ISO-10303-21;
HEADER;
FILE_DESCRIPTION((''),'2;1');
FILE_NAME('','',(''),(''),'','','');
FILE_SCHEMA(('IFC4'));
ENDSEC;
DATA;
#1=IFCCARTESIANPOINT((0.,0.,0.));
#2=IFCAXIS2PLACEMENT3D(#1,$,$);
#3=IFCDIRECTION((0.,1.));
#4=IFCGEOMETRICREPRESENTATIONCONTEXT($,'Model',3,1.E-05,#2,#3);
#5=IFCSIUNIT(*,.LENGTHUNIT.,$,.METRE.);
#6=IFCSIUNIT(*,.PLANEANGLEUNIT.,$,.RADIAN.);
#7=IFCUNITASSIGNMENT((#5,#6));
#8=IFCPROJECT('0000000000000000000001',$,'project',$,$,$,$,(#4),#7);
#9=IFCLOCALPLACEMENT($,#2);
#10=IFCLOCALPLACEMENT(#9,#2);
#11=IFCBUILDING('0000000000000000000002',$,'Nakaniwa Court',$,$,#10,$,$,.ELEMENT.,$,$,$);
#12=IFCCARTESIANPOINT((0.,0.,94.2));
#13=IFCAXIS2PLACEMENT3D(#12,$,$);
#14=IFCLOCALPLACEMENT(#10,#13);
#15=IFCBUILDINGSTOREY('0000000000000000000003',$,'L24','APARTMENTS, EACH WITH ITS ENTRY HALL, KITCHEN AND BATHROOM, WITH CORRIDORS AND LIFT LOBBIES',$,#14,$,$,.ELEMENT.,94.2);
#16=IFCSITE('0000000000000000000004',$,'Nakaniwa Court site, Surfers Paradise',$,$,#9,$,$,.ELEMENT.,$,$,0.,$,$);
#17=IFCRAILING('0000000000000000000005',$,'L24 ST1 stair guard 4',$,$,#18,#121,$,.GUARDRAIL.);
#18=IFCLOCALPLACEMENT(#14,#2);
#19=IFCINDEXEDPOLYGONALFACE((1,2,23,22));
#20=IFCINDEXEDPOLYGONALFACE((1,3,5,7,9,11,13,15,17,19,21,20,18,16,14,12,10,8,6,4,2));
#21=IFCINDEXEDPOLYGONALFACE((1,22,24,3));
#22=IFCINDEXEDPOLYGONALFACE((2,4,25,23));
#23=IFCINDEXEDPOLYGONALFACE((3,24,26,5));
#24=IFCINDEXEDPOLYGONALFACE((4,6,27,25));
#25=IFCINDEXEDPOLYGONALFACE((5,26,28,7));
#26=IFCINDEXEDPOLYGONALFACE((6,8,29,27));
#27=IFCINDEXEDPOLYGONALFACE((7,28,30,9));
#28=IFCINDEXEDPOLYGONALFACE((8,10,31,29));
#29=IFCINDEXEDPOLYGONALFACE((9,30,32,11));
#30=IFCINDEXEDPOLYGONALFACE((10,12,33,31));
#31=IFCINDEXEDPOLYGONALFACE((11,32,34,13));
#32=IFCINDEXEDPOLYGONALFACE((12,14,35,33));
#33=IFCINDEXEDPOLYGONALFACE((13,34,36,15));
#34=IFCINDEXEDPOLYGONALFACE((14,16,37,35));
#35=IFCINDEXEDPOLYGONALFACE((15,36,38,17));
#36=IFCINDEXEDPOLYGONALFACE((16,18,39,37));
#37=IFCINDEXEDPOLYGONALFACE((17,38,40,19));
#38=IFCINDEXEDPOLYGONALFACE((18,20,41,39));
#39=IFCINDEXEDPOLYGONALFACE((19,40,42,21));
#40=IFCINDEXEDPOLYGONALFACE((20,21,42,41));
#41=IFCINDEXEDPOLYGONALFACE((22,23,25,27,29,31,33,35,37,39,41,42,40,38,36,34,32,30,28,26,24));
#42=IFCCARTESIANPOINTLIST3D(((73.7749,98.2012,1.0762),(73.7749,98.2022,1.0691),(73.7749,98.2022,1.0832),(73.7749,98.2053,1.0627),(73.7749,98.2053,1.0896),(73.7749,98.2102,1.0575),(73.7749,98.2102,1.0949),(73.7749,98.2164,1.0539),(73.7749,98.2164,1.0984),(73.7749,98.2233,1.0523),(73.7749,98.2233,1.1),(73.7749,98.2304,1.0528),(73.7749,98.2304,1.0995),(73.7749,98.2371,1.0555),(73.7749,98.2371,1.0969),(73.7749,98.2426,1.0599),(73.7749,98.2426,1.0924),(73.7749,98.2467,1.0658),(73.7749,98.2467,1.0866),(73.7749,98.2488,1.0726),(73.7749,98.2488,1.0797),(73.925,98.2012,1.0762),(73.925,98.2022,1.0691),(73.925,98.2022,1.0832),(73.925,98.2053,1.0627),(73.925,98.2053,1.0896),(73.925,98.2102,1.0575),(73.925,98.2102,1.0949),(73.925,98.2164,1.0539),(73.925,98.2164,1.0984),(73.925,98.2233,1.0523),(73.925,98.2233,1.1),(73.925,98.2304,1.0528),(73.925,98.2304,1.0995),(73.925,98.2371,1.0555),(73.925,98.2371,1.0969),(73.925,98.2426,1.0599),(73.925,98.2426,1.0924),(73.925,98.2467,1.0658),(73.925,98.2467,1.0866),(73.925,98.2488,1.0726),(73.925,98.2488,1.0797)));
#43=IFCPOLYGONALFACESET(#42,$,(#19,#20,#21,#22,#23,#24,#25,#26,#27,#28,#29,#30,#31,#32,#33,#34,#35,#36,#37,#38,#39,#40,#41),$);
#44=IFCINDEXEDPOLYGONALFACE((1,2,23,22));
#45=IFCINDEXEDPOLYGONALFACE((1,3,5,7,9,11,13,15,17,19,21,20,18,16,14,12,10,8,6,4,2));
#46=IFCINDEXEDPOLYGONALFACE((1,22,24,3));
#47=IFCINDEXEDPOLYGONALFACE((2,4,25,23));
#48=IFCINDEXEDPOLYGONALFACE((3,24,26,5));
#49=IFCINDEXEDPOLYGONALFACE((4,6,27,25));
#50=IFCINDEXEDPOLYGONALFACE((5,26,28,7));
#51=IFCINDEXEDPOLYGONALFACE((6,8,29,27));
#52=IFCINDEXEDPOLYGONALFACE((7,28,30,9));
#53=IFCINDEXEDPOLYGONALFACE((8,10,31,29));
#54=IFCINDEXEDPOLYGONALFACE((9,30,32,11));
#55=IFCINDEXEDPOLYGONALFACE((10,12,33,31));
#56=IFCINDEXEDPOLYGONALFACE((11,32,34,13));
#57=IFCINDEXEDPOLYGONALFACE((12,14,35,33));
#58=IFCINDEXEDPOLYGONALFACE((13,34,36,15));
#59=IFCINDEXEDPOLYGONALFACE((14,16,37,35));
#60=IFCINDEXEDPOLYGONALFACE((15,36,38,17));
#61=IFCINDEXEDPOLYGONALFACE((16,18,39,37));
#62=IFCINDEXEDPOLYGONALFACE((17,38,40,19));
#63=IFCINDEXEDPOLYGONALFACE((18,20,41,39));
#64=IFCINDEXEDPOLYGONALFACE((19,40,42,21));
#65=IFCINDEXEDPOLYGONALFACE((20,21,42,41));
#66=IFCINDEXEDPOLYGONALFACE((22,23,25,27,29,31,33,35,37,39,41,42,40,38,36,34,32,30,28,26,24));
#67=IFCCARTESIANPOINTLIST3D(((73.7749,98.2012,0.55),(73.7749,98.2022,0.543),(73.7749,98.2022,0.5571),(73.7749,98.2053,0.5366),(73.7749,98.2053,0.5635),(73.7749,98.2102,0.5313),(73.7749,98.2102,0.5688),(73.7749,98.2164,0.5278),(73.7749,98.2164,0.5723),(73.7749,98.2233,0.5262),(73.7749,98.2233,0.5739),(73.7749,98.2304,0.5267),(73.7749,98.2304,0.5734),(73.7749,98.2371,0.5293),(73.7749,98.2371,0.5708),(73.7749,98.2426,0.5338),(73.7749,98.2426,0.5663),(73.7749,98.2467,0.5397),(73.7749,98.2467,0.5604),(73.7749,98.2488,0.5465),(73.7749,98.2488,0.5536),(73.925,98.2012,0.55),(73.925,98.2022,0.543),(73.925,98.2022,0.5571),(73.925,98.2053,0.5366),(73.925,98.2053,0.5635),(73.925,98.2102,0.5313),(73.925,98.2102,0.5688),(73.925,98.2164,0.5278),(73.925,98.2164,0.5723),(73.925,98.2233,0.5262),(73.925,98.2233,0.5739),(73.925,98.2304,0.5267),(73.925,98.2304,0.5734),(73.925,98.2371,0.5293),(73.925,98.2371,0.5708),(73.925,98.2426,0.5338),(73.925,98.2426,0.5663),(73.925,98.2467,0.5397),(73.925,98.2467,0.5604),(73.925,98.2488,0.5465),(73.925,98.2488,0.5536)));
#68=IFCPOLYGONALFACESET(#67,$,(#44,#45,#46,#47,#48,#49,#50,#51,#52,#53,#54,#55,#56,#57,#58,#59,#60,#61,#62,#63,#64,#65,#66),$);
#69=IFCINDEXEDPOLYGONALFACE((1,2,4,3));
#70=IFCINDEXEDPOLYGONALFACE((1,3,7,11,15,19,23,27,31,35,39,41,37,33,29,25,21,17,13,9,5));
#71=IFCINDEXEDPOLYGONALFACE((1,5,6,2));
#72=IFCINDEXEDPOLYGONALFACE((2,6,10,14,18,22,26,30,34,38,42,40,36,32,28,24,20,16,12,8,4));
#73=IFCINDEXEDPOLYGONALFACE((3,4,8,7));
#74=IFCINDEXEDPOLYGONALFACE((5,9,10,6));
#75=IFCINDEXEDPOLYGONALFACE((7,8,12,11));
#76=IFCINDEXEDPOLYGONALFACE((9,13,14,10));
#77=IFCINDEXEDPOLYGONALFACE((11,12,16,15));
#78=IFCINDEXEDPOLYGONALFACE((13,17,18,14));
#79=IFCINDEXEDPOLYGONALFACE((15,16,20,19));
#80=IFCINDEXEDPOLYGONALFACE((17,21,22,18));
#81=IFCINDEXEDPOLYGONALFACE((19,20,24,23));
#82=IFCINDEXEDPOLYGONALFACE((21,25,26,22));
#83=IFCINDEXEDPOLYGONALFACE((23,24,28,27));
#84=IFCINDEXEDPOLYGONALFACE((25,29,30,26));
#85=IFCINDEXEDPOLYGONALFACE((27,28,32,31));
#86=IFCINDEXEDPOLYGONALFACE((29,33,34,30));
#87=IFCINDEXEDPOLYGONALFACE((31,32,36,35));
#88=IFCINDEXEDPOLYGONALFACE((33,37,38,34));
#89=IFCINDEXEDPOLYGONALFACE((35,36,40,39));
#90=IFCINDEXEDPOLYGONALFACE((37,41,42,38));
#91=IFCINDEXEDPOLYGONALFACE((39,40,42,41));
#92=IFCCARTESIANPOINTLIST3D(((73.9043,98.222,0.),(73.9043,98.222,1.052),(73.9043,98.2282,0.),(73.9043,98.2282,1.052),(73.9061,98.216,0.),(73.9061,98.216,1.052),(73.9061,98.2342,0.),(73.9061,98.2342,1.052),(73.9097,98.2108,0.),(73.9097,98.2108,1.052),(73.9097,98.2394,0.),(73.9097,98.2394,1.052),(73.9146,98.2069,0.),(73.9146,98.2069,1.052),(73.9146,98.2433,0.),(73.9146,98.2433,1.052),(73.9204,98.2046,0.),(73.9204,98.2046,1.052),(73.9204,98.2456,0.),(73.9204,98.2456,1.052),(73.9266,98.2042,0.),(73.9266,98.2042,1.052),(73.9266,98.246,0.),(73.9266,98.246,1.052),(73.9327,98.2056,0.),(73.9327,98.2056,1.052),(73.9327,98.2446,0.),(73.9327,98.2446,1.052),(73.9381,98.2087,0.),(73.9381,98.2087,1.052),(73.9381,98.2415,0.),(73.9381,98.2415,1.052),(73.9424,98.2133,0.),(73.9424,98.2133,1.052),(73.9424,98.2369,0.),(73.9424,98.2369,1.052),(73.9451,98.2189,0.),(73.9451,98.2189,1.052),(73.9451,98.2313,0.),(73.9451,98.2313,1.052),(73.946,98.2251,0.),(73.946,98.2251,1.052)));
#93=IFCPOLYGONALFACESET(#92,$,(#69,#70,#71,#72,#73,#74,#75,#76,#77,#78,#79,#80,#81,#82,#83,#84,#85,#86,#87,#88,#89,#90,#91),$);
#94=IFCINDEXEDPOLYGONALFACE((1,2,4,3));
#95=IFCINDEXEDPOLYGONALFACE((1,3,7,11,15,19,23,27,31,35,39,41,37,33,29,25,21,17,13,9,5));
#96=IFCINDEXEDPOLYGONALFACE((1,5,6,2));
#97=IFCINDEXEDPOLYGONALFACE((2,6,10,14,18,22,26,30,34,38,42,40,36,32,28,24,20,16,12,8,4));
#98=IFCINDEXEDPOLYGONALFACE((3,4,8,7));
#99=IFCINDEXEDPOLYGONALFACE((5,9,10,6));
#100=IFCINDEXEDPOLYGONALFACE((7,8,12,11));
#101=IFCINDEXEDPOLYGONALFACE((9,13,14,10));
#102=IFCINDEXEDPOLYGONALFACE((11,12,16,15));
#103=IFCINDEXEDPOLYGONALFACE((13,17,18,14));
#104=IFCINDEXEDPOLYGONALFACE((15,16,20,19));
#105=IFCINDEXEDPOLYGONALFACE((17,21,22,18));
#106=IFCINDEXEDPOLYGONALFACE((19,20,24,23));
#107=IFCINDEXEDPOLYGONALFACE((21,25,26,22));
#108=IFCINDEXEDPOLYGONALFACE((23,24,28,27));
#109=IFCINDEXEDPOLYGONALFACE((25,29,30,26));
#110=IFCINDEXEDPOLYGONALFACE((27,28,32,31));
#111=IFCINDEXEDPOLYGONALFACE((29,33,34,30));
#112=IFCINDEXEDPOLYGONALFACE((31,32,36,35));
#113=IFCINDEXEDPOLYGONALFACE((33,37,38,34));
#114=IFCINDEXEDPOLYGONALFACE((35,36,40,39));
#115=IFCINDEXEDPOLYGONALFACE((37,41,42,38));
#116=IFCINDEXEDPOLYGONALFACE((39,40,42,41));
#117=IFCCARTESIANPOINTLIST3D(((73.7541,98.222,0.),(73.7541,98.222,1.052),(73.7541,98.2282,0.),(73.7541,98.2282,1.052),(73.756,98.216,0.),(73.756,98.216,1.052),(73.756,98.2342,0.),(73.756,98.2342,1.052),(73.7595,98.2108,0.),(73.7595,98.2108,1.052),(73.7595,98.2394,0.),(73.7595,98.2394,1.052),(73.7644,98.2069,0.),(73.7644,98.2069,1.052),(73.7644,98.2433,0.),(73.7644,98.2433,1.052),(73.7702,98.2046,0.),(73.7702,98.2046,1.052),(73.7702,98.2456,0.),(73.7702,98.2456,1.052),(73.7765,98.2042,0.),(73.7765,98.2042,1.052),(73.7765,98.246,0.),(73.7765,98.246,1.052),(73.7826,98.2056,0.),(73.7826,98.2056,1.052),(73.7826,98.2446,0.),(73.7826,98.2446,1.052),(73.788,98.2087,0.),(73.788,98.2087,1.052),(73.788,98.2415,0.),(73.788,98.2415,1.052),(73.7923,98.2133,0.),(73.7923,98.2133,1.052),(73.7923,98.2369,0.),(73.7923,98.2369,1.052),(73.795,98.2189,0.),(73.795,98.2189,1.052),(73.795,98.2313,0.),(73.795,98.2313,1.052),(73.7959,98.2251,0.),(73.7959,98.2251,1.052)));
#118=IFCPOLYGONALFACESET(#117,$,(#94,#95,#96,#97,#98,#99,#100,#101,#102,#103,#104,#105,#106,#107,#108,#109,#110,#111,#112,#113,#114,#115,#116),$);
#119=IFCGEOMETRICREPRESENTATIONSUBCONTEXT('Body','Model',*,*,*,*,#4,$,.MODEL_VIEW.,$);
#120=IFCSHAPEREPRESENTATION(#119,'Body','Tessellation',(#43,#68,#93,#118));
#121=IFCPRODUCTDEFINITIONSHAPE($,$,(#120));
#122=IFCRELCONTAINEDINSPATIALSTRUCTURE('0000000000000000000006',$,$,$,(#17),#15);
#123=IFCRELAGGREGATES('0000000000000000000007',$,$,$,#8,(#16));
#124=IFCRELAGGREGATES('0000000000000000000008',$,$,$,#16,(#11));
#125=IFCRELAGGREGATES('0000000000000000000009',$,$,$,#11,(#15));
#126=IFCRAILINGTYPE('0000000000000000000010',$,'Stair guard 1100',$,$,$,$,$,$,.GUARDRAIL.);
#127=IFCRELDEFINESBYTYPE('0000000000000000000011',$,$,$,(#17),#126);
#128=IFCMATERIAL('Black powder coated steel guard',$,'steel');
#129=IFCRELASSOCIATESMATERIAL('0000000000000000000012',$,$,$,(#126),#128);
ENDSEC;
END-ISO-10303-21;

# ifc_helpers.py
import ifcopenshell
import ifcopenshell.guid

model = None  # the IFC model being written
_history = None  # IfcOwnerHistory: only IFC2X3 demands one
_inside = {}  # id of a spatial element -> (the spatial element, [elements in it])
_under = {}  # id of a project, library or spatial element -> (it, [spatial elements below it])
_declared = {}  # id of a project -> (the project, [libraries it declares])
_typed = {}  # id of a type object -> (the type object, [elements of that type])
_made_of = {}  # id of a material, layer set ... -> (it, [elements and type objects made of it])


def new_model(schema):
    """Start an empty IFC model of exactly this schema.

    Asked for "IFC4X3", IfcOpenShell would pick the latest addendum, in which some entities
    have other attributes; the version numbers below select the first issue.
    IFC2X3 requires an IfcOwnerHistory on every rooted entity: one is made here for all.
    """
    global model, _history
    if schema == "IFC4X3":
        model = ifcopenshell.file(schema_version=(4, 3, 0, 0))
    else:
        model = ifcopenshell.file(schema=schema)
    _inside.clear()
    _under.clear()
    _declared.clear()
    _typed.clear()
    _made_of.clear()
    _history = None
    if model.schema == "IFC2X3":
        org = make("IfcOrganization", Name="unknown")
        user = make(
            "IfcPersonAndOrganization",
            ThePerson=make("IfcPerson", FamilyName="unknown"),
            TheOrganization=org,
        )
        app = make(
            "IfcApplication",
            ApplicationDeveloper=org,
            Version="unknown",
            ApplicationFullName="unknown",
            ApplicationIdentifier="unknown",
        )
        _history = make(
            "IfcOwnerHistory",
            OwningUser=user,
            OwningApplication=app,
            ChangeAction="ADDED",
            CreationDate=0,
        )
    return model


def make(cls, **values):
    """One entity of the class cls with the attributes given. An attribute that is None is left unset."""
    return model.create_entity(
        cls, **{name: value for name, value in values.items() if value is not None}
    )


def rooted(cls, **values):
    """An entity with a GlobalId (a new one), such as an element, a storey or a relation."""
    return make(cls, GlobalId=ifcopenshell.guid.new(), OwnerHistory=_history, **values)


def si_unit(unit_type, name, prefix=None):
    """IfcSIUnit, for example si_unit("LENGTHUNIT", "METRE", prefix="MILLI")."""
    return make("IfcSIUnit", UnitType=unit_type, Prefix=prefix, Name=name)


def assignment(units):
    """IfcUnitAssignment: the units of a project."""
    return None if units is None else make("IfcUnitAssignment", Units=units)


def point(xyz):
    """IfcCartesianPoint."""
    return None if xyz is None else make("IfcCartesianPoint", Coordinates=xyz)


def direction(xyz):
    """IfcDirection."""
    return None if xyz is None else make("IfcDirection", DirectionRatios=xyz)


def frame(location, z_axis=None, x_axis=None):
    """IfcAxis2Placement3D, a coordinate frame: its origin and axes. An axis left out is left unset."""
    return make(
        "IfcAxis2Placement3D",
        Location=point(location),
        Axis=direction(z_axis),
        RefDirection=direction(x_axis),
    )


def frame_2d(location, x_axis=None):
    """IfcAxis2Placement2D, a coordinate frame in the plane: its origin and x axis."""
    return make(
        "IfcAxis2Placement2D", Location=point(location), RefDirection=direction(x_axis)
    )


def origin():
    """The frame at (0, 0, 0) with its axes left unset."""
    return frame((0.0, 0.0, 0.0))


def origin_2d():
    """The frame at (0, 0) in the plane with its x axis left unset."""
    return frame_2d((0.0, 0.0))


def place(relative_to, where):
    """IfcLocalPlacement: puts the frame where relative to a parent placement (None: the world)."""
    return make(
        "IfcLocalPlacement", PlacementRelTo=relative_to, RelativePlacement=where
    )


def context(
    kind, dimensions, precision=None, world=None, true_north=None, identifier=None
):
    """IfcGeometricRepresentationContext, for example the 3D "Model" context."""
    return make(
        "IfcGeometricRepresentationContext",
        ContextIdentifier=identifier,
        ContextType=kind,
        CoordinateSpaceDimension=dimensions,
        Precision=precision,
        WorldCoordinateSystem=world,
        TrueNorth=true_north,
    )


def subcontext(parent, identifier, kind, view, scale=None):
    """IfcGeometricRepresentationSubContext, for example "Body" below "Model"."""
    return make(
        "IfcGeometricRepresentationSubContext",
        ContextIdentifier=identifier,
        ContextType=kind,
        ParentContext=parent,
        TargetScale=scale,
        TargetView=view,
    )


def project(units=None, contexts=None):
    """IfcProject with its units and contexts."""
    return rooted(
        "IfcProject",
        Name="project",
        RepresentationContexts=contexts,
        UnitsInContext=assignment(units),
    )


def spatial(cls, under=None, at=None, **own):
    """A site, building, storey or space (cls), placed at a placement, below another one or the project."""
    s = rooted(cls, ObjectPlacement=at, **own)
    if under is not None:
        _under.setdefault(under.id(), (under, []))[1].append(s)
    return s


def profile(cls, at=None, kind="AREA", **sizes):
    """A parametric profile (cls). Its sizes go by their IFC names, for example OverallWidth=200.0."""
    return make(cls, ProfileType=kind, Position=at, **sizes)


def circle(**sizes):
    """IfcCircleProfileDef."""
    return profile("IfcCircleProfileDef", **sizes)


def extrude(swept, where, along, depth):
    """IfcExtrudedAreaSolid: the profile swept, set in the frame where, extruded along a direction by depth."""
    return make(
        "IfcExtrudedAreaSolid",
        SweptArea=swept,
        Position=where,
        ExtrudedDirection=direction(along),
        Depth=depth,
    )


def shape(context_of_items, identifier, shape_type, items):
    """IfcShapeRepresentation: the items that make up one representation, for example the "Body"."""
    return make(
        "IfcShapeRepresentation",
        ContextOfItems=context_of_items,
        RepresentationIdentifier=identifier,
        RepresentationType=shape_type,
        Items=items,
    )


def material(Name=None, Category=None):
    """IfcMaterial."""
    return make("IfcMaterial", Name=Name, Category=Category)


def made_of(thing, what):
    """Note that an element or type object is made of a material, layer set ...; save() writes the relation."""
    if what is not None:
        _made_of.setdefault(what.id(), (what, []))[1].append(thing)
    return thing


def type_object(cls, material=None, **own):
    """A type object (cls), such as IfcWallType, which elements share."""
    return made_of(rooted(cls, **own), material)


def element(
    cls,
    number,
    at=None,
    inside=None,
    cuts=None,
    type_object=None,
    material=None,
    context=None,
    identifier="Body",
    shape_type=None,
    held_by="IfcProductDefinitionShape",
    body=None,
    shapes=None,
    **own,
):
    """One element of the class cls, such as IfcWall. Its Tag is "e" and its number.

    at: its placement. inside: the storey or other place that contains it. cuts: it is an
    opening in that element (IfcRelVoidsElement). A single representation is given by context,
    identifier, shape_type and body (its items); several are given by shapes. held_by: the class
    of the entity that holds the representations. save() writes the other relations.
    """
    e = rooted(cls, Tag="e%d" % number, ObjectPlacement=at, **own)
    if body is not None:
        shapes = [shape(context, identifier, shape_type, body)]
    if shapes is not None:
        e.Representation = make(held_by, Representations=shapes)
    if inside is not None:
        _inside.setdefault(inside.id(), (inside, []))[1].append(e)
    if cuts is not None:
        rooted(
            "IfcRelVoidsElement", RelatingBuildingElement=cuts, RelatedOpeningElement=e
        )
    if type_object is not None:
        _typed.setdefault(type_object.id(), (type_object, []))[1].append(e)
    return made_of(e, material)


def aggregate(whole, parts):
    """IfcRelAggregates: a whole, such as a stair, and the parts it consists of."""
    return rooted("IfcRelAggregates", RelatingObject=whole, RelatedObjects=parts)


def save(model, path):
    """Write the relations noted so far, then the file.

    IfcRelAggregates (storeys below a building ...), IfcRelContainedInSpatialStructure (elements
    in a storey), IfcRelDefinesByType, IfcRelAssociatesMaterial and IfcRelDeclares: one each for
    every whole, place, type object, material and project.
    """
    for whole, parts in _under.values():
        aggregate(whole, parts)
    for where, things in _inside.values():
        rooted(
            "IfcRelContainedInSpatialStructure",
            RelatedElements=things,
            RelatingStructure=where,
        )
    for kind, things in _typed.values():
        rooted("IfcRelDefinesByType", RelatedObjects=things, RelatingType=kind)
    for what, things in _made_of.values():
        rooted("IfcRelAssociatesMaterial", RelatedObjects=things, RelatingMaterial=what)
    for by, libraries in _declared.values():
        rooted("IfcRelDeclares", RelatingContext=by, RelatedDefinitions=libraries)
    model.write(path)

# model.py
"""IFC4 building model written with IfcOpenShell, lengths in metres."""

from ifc_helpers import new_model, si_unit, direction, frame, origin, origin_2d, place, context, subcontext, project, spatial, circle, extrude, material, type_object, element, save


model = new_model("IFC4")

# Units and contexts
model_context = context("Model", 3, precision=1e-05, world=origin(), true_north=direction((0.0, 1.0)))
body_context = subcontext(model_context, "Body", "Model", "MODEL_VIEW")
ifc_project = project(units=[si_unit("LENGTHUNIT", "METRE"), si_unit("PLANEANGLEUNIT", "RADIAN")], contexts=[model_context])

# Site, building, storey
site_placement = place(None, origin())
site = spatial("IfcSite", under=ifc_project, at=site_placement, Name="Nakaniwa Court site, Surfers Paradise", CompositionType="ELEMENT", RefElevation=0.0)
building_placement = place(site_placement, origin())
building = spatial("IfcBuilding", under=site, at=building_placement, Name="Nakaniwa Court", CompositionType="ELEMENT")
storey_placement = place(building_placement, frame((0.0, 0.0, 94.2)))
storey = spatial("IfcBuildingStorey", under=building, at=storey_placement, Name="L24", Description="APARTMENTS, EACH WITH ITS ENTRY HALL, KITCHEN AND BATHROOM, WITH CORRIDORS AND LIFT LOBBIES", CompositionType="ELEMENT", Elevation=94.2)

# Railing
ifc_material_1 = material(Name="Black powder coated steel guard", Category="steel")
railing_type_1 = type_object("IfcRailingType", Name="Stair guard 1100", PredefinedType="GUARDRAIL", material=ifc_material_1)
railing_1_placement = place(storey_placement, frame((73.925, 98.2251, 0.0)))
element("IfcRailing", 1, at=railing_1_placement, inside=storey, type_object=railing_type_1, Name="L24 ST1 stair guard 4", PredefinedType="GUARDRAIL", context=body_context, shape_type="SweptSolid", body=[
    extrude(circle(Radius=0.0239, at=origin_2d()), frame((0.0, 0.0, 1.0762), z_axis=(-1.0, 0.0, 0.0), x_axis=(0.0, -1.0, 0.0)), (0.0, 0.0, 1.0), 0.1501),
    extrude(circle(Radius=0.0239, at=origin_2d()), frame((0.0, 0.0, 0.55), z_axis=(-1.0, 0.0, 0.0), x_axis=(0.0, -1.0, 0.0)), (0.0, 0.0, 1.0), 0.1501),
    extrude(circle(Radius=0.021, at=origin_2d()), origin(), (0.0, 0.0, 1.0), 1.052),
    extrude(circle(Radius=0.021, at=origin_2d()), frame((-0.1501, 0.0, 0.0)), (0.0, 0.0, 1.0), 1.052),
])

save(model, "model.ifc")
